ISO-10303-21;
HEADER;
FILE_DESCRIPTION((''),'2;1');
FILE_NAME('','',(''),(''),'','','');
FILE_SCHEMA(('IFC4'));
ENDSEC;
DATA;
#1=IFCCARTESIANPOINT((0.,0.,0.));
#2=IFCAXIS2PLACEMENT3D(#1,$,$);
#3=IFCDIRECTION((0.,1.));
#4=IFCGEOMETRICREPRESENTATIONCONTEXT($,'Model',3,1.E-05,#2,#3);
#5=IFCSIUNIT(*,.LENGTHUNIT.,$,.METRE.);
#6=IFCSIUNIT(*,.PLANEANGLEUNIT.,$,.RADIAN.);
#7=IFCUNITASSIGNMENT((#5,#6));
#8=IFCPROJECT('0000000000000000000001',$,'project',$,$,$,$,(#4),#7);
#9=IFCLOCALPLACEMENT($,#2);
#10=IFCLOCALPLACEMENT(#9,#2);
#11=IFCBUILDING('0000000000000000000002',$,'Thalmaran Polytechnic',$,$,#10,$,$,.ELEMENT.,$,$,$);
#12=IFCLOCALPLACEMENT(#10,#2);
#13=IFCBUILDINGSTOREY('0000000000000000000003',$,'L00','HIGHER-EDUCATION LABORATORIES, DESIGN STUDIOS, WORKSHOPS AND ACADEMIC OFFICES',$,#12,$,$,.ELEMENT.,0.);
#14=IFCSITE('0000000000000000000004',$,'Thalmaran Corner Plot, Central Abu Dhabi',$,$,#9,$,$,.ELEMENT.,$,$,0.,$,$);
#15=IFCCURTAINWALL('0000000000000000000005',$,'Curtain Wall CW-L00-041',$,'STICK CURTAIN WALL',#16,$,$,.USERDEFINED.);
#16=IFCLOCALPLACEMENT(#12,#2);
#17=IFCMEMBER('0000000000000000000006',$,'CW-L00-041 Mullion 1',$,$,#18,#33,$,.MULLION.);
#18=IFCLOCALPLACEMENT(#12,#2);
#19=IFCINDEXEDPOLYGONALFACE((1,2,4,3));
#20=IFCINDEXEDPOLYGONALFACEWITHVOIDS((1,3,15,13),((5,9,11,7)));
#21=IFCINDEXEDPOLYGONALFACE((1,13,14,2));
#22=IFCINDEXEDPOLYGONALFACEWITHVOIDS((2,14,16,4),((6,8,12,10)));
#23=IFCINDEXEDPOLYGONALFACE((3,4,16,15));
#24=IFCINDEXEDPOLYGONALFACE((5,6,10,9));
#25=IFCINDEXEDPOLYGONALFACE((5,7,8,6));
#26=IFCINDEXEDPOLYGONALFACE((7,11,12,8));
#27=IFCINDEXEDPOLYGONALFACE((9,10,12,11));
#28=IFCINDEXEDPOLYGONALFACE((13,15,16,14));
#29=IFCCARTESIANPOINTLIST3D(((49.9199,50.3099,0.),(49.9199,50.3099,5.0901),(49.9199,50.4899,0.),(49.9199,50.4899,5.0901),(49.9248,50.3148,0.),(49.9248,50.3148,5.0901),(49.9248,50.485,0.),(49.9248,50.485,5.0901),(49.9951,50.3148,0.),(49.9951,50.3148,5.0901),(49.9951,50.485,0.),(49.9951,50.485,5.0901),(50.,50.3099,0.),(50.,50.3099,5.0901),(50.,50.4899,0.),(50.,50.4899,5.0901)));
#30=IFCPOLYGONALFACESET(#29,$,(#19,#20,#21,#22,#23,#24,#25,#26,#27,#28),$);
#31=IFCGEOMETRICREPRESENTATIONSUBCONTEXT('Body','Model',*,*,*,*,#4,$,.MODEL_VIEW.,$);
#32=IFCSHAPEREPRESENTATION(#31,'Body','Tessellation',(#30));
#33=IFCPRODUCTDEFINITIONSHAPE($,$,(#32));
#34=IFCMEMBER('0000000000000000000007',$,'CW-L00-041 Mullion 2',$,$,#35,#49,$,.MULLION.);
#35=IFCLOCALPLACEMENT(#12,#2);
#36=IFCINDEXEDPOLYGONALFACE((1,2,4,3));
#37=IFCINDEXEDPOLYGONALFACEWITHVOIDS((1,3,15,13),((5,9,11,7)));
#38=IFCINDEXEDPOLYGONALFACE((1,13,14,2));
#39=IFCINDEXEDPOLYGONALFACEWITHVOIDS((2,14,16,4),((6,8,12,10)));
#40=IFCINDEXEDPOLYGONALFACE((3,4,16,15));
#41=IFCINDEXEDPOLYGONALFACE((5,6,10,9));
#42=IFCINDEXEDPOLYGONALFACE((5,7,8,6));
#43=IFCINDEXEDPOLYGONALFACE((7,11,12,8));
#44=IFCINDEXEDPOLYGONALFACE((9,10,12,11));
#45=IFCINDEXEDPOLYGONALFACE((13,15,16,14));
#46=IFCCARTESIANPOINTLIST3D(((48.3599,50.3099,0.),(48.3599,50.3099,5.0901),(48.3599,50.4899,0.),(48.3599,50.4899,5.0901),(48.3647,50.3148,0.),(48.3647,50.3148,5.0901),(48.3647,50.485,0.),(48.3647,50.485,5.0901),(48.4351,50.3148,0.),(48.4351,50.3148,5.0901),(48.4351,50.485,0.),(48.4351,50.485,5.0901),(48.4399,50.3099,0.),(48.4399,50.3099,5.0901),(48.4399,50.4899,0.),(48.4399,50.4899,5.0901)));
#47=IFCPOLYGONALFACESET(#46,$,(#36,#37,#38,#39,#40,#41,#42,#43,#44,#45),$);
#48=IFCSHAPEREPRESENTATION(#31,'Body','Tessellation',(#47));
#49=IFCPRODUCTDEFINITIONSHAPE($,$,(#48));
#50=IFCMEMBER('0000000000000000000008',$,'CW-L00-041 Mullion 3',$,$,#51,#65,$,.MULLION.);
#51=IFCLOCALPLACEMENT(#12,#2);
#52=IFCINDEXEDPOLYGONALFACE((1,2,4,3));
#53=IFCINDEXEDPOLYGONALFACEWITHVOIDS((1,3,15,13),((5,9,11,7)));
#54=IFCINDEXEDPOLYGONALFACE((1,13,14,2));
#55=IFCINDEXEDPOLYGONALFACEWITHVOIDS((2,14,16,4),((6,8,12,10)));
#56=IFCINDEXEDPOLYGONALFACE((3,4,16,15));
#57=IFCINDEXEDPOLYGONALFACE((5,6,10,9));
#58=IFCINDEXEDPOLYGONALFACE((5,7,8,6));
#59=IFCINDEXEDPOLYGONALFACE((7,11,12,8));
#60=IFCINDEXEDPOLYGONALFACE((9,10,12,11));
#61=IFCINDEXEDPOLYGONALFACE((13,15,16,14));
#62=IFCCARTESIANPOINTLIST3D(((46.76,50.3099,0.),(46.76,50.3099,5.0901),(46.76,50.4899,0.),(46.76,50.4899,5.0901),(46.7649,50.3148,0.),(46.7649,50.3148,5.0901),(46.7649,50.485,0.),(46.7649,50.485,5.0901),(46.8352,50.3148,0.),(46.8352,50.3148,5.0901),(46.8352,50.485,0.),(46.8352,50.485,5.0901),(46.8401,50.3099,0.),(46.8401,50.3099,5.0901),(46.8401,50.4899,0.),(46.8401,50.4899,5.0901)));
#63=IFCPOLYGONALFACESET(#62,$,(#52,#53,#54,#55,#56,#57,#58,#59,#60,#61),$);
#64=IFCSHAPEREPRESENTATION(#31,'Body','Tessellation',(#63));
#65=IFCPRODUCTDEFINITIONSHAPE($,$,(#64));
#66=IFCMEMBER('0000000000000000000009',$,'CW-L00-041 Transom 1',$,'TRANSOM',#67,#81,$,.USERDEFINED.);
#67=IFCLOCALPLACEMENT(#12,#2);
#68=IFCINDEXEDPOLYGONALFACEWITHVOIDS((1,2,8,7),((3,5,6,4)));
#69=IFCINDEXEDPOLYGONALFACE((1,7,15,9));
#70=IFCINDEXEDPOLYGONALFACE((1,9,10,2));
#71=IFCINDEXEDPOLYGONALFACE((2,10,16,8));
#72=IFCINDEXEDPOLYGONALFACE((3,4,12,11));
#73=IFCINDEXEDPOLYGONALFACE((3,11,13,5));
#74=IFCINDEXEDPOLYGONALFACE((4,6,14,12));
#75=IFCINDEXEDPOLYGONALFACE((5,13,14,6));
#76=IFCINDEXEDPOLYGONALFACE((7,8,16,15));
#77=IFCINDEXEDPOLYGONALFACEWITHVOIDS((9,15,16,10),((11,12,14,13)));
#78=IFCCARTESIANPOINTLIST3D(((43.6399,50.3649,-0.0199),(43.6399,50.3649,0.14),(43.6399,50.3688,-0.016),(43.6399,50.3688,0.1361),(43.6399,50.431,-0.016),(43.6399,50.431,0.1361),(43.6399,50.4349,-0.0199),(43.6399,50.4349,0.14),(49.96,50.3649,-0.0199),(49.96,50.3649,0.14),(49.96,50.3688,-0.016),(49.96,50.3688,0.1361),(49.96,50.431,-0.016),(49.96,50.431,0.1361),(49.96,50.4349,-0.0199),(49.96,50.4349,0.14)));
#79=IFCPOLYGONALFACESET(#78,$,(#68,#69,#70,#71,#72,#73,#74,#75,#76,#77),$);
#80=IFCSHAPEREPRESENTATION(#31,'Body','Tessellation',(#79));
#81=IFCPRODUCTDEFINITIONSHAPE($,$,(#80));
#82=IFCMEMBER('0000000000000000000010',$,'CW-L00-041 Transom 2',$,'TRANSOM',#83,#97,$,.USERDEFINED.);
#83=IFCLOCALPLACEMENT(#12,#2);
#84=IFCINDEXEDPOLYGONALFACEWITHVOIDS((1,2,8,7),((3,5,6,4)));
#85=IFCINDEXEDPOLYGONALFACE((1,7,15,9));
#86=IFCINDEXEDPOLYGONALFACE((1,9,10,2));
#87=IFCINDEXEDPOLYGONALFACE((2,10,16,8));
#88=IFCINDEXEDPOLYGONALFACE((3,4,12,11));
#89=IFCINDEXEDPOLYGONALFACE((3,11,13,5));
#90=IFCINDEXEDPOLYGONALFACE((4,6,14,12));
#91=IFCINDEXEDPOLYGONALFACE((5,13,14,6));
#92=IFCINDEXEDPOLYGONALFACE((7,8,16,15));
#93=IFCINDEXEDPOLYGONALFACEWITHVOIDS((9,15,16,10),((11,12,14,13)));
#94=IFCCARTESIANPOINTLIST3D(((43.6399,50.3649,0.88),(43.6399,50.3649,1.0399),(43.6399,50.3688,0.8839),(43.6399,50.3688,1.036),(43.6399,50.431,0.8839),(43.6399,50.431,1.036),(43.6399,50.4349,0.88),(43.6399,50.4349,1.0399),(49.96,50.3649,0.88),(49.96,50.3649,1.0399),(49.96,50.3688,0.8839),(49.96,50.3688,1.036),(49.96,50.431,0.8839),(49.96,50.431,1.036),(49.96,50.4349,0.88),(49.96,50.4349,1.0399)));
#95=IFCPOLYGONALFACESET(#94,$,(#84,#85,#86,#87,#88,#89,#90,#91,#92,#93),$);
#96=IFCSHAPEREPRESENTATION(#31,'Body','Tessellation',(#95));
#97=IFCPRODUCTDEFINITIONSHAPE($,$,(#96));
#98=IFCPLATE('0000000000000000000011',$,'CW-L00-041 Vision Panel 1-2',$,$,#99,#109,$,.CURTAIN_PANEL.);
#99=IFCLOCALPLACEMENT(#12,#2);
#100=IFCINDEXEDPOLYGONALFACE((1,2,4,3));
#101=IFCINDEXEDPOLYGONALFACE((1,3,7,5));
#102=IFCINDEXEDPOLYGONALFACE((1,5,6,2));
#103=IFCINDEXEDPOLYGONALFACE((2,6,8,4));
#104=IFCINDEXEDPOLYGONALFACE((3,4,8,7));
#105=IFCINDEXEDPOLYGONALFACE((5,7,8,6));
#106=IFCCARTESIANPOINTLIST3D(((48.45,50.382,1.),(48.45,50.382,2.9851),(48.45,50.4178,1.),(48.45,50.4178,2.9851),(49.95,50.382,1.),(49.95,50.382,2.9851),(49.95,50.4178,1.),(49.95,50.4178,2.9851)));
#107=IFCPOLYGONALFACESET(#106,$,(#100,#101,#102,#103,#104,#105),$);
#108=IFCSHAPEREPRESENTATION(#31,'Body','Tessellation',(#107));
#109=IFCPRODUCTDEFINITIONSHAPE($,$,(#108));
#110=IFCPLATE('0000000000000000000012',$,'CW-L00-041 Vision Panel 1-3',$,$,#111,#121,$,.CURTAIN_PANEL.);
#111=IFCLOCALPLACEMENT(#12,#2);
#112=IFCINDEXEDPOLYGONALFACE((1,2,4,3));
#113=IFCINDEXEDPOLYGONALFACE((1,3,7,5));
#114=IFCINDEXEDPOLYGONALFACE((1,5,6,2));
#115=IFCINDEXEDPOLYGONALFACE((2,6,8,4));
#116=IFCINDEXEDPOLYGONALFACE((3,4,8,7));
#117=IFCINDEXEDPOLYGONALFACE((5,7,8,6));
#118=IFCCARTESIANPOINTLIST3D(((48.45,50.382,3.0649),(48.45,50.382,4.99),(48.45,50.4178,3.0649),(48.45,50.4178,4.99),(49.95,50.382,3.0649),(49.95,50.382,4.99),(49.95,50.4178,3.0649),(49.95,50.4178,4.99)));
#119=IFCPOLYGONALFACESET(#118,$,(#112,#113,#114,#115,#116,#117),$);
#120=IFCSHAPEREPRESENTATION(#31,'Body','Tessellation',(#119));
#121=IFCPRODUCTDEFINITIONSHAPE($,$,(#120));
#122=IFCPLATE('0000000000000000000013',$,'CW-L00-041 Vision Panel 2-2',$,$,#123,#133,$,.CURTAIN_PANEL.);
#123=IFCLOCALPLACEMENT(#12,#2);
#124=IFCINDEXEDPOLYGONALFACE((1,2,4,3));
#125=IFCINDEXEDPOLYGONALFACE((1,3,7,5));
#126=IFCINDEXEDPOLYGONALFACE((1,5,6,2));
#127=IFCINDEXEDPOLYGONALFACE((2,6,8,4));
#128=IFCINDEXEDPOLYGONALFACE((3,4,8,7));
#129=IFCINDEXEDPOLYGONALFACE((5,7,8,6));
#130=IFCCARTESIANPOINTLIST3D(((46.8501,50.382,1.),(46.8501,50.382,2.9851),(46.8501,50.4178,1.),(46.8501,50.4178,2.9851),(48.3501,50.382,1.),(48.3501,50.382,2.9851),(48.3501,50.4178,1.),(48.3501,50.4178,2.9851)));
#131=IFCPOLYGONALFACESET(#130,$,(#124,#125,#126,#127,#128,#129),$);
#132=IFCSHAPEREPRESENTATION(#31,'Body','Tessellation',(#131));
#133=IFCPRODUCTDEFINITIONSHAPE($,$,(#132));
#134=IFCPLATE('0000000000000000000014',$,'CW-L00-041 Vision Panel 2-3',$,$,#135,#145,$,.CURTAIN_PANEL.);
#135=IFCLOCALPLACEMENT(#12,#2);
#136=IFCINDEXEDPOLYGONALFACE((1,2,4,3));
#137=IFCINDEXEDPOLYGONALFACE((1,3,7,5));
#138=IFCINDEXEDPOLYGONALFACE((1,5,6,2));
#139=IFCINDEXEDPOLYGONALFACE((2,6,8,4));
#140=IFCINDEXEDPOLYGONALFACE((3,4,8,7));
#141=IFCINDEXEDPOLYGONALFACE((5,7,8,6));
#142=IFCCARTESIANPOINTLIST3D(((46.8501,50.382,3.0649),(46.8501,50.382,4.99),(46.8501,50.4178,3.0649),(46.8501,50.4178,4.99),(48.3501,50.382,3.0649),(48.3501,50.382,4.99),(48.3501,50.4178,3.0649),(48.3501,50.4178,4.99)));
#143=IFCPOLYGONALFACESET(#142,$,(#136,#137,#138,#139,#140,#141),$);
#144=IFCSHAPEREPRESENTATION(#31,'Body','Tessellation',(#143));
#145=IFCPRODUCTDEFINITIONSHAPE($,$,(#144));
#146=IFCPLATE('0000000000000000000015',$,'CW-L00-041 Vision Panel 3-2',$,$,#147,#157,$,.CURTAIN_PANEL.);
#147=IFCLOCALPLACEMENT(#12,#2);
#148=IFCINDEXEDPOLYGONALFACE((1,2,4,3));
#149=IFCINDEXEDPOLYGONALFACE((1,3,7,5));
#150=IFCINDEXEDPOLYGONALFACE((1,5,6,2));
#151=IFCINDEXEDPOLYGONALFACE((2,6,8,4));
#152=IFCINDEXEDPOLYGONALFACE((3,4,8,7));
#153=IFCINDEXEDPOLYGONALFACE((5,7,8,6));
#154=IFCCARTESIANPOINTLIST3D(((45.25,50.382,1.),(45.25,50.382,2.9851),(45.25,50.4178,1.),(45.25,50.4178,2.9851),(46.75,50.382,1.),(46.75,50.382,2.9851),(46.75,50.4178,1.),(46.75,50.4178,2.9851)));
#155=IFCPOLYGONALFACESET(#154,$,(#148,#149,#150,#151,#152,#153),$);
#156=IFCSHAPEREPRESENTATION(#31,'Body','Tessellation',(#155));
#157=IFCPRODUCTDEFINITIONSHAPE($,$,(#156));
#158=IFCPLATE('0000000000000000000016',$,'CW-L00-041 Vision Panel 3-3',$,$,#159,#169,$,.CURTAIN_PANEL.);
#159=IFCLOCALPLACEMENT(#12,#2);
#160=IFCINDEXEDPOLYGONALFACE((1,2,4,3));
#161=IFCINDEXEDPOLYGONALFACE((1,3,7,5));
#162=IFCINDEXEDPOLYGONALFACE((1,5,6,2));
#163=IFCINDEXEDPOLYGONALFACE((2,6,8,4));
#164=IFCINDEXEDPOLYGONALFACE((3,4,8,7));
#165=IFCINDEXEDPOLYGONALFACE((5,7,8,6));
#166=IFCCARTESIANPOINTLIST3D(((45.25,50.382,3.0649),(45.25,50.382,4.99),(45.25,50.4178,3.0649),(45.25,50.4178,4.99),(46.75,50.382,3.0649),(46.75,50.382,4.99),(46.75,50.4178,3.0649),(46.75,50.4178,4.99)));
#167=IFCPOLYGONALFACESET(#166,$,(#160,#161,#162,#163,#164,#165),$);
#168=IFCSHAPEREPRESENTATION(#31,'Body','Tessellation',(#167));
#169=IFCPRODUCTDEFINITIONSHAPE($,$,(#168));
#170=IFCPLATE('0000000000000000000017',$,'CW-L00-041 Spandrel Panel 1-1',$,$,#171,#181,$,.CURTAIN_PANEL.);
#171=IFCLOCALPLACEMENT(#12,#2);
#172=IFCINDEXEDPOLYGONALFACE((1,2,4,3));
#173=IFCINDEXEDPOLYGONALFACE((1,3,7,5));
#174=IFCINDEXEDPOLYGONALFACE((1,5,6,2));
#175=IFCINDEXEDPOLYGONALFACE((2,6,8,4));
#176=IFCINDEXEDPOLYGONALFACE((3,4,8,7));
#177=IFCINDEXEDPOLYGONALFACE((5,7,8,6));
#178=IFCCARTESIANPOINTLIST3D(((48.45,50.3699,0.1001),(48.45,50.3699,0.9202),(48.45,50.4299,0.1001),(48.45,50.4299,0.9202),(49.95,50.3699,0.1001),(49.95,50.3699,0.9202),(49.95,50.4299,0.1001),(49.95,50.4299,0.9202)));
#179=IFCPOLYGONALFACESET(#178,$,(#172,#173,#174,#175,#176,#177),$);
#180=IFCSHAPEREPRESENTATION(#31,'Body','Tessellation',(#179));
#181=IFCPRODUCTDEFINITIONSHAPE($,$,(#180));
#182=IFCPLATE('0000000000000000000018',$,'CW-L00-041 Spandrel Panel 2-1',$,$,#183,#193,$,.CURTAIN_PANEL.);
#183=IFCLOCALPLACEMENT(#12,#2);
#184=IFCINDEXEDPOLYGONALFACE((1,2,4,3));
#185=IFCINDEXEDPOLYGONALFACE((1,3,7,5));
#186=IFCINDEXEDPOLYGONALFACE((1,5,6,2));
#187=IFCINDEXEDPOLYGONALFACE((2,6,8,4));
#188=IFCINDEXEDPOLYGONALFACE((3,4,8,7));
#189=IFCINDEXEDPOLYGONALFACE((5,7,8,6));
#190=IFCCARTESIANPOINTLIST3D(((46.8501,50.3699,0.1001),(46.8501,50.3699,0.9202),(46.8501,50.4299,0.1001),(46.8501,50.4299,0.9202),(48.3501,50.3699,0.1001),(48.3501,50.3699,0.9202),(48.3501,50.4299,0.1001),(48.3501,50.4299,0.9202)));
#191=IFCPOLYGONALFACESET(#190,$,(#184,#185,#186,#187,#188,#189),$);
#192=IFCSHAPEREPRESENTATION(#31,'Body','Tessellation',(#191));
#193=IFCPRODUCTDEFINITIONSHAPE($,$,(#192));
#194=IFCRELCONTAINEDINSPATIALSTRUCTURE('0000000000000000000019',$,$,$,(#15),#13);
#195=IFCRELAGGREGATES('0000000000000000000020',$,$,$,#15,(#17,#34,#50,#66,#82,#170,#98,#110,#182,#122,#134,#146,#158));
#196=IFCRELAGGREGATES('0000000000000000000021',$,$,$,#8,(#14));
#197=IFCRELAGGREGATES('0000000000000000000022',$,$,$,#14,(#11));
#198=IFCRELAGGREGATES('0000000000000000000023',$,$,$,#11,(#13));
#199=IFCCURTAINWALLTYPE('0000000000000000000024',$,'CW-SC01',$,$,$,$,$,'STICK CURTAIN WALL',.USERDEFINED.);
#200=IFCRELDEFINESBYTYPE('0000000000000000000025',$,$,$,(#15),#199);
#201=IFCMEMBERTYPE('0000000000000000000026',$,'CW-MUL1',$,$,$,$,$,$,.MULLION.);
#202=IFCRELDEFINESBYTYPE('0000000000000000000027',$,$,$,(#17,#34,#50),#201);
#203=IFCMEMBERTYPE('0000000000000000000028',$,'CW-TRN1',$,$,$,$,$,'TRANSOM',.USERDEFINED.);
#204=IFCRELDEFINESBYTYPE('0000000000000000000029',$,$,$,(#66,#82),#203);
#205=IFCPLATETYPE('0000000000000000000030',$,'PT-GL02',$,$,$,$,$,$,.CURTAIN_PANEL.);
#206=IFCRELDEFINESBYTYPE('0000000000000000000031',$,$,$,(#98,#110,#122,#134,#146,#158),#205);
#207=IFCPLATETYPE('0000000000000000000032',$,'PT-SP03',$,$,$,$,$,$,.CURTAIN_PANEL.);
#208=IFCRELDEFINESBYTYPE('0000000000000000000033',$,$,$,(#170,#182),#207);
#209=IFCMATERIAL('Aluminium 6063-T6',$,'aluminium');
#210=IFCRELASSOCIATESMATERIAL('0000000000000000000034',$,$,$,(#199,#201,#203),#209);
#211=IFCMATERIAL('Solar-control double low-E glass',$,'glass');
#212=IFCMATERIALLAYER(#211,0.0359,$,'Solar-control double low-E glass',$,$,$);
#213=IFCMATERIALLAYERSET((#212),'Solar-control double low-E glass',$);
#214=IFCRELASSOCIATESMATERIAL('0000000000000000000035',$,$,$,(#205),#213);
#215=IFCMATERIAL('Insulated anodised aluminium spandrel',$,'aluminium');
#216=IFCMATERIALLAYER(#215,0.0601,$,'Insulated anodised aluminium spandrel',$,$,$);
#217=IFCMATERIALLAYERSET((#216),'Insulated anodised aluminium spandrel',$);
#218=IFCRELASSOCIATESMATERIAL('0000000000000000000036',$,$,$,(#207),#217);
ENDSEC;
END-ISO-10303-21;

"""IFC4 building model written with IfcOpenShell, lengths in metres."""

from ifc_helpers import new_model, si_unit, direction, frame, origin, origin_2d, place, context, subcontext, project, spatial, rectangle, hollow_rectangle, extrude, material, layer, layer_set, material_profile, profile_set, type_object, element, aggregate, save


model = new_model("IFC4")

# Units and contexts
model_context = context("Model", 3, precision=1e-05, world=origin(), true_north=direction((0.0, 1.0)))
body_context = subcontext(model_context, "Body", "Model", "MODEL_VIEW")
ifc_project = project(units=[si_unit("LENGTHUNIT", "METRE"), si_unit("PLANEANGLEUNIT", "RADIAN")], contexts=[model_context])

# Site, building, storey
site_placement = place(None, origin())
site = spatial("IfcSite", under=ifc_project, at=site_placement, Name="Thalmaran Corner Plot, Central Abu Dhabi", CompositionType="ELEMENT", RefElevation=0.0)
building_placement = place(site_placement, origin())
building = spatial("IfcBuilding", under=site, at=building_placement, Name="Thalmaran Polytechnic", CompositionType="ELEMENT")
storey_placement = place(building_placement, origin())
storey = spatial("IfcBuildingStorey", under=building, at=storey_placement, Name="L00", Description="HIGHER-EDUCATION LABORATORIES, DESIGN STUDIOS, WORKSHOPS AND ACADEMIC OFFICES", CompositionType="ELEMENT", Elevation=0.0)

# Curtain wall, members, plates
ifc_material_1 = material(Name="Aluminium 6063-T6", Category="aluminium")
curtain_wall_type = type_object("IfcCurtainWallType", Name="CW-SC01", ElementType="STICK CURTAIN WALL", PredefinedType="USERDEFINED", material=ifc_material_1)
curtain_wall_placement = place(storey_placement, origin())
curtain_wall = element("IfcCurtainWall", 1, at=curtain_wall_placement, inside=storey, type_object=curtain_wall_type, Name="Curtain Wall CW-L00-041", ObjectType="STICK CURTAIN WALL", PredefinedType="USERDEFINED")
ifc_material_profile_1 = material_profile(ifc_material_1, hollow_rectangle(XDim=0.0801, YDim=0.1799, WallThickness=0.0049, at=origin_2d()), Name="RHS 180x80x5.0")
ifc_profile_set_1 = profile_set([ifc_material_profile_1], Name="Aluminium 6063-T6")
member_type_1 = type_object("IfcMemberType", Name="CW-MUL1", PredefinedType="MULLION", material=ifc_profile_set_1)
member_1_placement = place(storey_placement, frame((49.96, 50.3999, 0.0), z_axis=(0.0, 0.0, 1.0), x_axis=(1.0, 0.0, 0.0)))
member_1 = element("IfcMember", 2, at=member_1_placement, type_object=member_type_1, Name="CW-L00-041 Mullion 1", PredefinedType="MULLION", context=body_context, shape_type="SweptSolid", body=[
    extrude(hollow_rectangle(XDim=0.0801, YDim=0.1799, WallThickness=0.0049, at=origin_2d()), origin(), (0.0, 0.0, 1.0), 5.0901),
])
member_2_placement = place(storey_placement, frame((48.3999, 50.3999, 0.0), z_axis=(0.0, 0.0, 1.0), x_axis=(1.0, 0.0, 0.0)))
member_2 = element("IfcMember", 3, at=member_2_placement, type_object=member_type_1, Name="CW-L00-041 Mullion 2", PredefinedType="MULLION", context=body_context, shape_type="SweptSolid", body=[
    extrude(hollow_rectangle(XDim=0.0801, YDim=0.1799, WallThickness=0.0049, at=origin_2d()), origin(), (0.0, 0.0, 1.0), 5.0901),
])
member_3_placement = place(storey_placement, frame((46.8, 50.3999, 0.0), z_axis=(0.0, 0.0, 1.0), x_axis=(1.0, 0.0, 0.0)))
member_3 = element("IfcMember", 4, at=member_3_placement, type_object=member_type_1, Name="CW-L00-041 Mullion 3", PredefinedType="MULLION", context=body_context, shape_type="SweptSolid", body=[
    extrude(hollow_rectangle(XDim=0.0801, YDim=0.1799, WallThickness=0.0049, at=origin_2d()), origin(), (0.0, 0.0, 1.0), 5.0901),
])
ifc_material_profile_2 = material_profile(ifc_material_1, hollow_rectangle(XDim=0.0701, YDim=0.1599, WallThickness=0.0039, at=origin_2d()), Name="AL 160x70x4.0")
ifc_profile_set_2 = profile_set([ifc_material_profile_2], Name="Aluminium 6063-T6")
member_type_2 = type_object("IfcMemberType", Name="CW-TRN1", ElementType="TRANSOM", PredefinedType="USERDEFINED", material=ifc_profile_set_2)
member_4_placement = place(storey_placement, frame((49.96, 50.3999, 0.0601), z_axis=(-1.0, 0.0, 0.0), x_axis=(0.0, -1.0, 0.0)))
member_4 = element("IfcMember", 5, at=member_4_placement, type_object=member_type_2, Name="CW-L00-041 Transom 1", ObjectType="TRANSOM", PredefinedType="USERDEFINED", context=body_context, shape_type="SweptSolid", body=[
    extrude(hollow_rectangle(XDim=0.0701, YDim=0.1599, WallThickness=0.0039, at=origin_2d()), origin(), (0.0, 0.0, 1.0), 6.3201),
])
member_5_placement = place(storey_placement, frame((49.96, 50.3999, 0.96), z_axis=(-1.0, 0.0, 0.0), x_axis=(0.0, -1.0, 0.0)))
member_5 = element("IfcMember", 6, at=member_5_placement, type_object=member_type_2, Name="CW-L00-041 Transom 2", ObjectType="TRANSOM", PredefinedType="USERDEFINED", context=body_context, shape_type="SweptSolid", body=[
    extrude(hollow_rectangle(XDim=0.0701, YDim=0.1599, WallThickness=0.0039, at=origin_2d()), origin(), (0.0, 0.0, 1.0), 6.3201),
])
ifc_material_2 = material(Name="Solar-control double low-E glass", Category="glass")
ifc_layer_1 = layer(ifc_material_2, 0.0359, Name="Solar-control double low-E glass")
ifc_layer_set_1 = layer_set([ifc_layer_1], Name="Solar-control double low-E glass")
plate_type_1 = type_object("IfcPlateType", Name="PT-GL02", PredefinedType="CURTAIN_PANEL", material=ifc_layer_set_1)
plate_1_placement = place(storey_placement, frame((49.2, 50.3999, 1.0), z_axis=(0.0, 0.0, 1.0), x_axis=(-1.0, 0.0, 0.0)))
plate_1 = element("IfcPlate", 7, at=plate_1_placement, type_object=plate_type_1, Name="CW-L00-041 Vision Panel 1-2", PredefinedType="CURTAIN_PANEL", context=body_context, shape_type="SweptSolid", body=[
    extrude(rectangle(XDim=1.5, YDim=0.0359, at=origin_2d()), origin(), (0.0, 0.0, 1.0), 1.9851),
])
plate_2_placement = place(storey_placement, frame((49.2, 50.3999, 3.0649), z_axis=(0.0, 0.0, 1.0), x_axis=(-1.0, 0.0, 0.0)))
plate_2 = element("IfcPlate", 8, at=plate_2_placement, type_object=plate_type_1, Name="CW-L00-041 Vision Panel 1-3", PredefinedType="CURTAIN_PANEL", context=body_context, shape_type="SweptSolid", body=[
    extrude(rectangle(XDim=1.5, YDim=0.0359, at=origin_2d()), origin(), (0.0, 0.0, 1.0), 1.925),
])
plate_3_placement = place(storey_placement, frame((47.6001, 50.3999, 1.0), z_axis=(0.0, 0.0, 1.0), x_axis=(-1.0, 0.0, 0.0)))
plate_3 = element("IfcPlate", 9, at=plate_3_placement, type_object=plate_type_1, Name="CW-L00-041 Vision Panel 2-2", PredefinedType="CURTAIN_PANEL", context=body_context, shape_type="SweptSolid", body=[
    extrude(rectangle(XDim=1.5, YDim=0.0359, at=origin_2d()), origin(), (0.0, 0.0, 1.0), 1.9851),
])
plate_4_placement = place(storey_placement, frame((47.6001, 50.3999, 3.0649), z_axis=(0.0, 0.0, 1.0), x_axis=(-1.0, 0.0, 0.0)))
plate_4 = element("IfcPlate", 10, at=plate_4_placement, type_object=plate_type_1, Name="CW-L00-041 Vision Panel 2-3", PredefinedType="CURTAIN_PANEL", context=body_context, shape_type="SweptSolid", body=[
    extrude(rectangle(XDim=1.5, YDim=0.0359, at=origin_2d()), origin(), (0.0, 0.0, 1.0), 1.925),
])
plate_5_placement = place(storey_placement, frame((46.0, 50.3999, 1.0), z_axis=(0.0, 0.0, 1.0), x_axis=(-1.0, 0.0, 0.0)))
plate_5 = element("IfcPlate", 11, at=plate_5_placement, type_object=plate_type_1, Name="CW-L00-041 Vision Panel 3-2", PredefinedType="CURTAIN_PANEL", context=body_context, shape_type="SweptSolid", body=[
    extrude(rectangle(XDim=1.5, YDim=0.0359, at=origin_2d()), origin(), (0.0, 0.0, 1.0), 1.9851),
])
plate_6_placement = place(storey_placement, frame((46.0, 50.3999, 3.0649), z_axis=(0.0, 0.0, 1.0), x_axis=(-1.0, 0.0, 0.0)))
plate_6 = element("IfcPlate", 12, at=plate_6_placement, type_object=plate_type_1, Name="CW-L00-041 Vision Panel 3-3", PredefinedType="CURTAIN_PANEL", context=body_context, shape_type="SweptSolid", body=[
    extrude(rectangle(XDim=1.5, YDim=0.0359, at=origin_2d()), origin(), (0.0, 0.0, 1.0), 1.925),
])
ifc_material_3 = material(Name="Insulated anodised aluminium spandrel", Category="aluminium")
ifc_layer_2 = layer(ifc_material_3, 0.0601, Name="Insulated anodised aluminium spandrel")
ifc_layer_set_2 = layer_set([ifc_layer_2], Name="Insulated anodised aluminium spandrel")
plate_type_2 = type_object("IfcPlateType", Name="PT-SP03", PredefinedType="CURTAIN_PANEL", material=ifc_layer_set_2)
plate_7_placement = place(storey_placement, frame((49.2, 50.3999, 0.1001), z_axis=(0.0, 0.0, 1.0), x_axis=(-1.0, 0.0, 0.0)))
plate_7 = element("IfcPlate", 13, at=plate_7_placement, type_object=plate_type_2, Name="CW-L00-041 Spandrel Panel 1-1", PredefinedType="CURTAIN_PANEL", context=body_context, shape_type="SweptSolid", body=[
    extrude(rectangle(XDim=1.5, YDim=0.0601, at=origin_2d()), origin(), (0.0, 0.0, 1.0), 0.8201),
])
plate_8_placement = place(storey_placement, frame((47.6001, 50.3999, 0.1001), z_axis=(0.0, 0.0, 1.0), x_axis=(-1.0, 0.0, 0.0)))
plate_8 = element("IfcPlate", 14, at=plate_8_placement, type_object=plate_type_2, Name="CW-L00-041 Spandrel Panel 2-1", PredefinedType="CURTAIN_PANEL", context=body_context, shape_type="SweptSolid", body=[
    extrude(rectangle(XDim=1.5, YDim=0.0601, at=origin_2d()), origin(), (0.0, 0.0, 1.0), 0.8201),
])
aggregate(curtain_wall, [member_1, member_2, member_3, member_4, member_5, plate_7, plate_1, plate_2, plate_8, plate_3, plate_4, plate_5, plate_6])

save(model, "model.ifc")
